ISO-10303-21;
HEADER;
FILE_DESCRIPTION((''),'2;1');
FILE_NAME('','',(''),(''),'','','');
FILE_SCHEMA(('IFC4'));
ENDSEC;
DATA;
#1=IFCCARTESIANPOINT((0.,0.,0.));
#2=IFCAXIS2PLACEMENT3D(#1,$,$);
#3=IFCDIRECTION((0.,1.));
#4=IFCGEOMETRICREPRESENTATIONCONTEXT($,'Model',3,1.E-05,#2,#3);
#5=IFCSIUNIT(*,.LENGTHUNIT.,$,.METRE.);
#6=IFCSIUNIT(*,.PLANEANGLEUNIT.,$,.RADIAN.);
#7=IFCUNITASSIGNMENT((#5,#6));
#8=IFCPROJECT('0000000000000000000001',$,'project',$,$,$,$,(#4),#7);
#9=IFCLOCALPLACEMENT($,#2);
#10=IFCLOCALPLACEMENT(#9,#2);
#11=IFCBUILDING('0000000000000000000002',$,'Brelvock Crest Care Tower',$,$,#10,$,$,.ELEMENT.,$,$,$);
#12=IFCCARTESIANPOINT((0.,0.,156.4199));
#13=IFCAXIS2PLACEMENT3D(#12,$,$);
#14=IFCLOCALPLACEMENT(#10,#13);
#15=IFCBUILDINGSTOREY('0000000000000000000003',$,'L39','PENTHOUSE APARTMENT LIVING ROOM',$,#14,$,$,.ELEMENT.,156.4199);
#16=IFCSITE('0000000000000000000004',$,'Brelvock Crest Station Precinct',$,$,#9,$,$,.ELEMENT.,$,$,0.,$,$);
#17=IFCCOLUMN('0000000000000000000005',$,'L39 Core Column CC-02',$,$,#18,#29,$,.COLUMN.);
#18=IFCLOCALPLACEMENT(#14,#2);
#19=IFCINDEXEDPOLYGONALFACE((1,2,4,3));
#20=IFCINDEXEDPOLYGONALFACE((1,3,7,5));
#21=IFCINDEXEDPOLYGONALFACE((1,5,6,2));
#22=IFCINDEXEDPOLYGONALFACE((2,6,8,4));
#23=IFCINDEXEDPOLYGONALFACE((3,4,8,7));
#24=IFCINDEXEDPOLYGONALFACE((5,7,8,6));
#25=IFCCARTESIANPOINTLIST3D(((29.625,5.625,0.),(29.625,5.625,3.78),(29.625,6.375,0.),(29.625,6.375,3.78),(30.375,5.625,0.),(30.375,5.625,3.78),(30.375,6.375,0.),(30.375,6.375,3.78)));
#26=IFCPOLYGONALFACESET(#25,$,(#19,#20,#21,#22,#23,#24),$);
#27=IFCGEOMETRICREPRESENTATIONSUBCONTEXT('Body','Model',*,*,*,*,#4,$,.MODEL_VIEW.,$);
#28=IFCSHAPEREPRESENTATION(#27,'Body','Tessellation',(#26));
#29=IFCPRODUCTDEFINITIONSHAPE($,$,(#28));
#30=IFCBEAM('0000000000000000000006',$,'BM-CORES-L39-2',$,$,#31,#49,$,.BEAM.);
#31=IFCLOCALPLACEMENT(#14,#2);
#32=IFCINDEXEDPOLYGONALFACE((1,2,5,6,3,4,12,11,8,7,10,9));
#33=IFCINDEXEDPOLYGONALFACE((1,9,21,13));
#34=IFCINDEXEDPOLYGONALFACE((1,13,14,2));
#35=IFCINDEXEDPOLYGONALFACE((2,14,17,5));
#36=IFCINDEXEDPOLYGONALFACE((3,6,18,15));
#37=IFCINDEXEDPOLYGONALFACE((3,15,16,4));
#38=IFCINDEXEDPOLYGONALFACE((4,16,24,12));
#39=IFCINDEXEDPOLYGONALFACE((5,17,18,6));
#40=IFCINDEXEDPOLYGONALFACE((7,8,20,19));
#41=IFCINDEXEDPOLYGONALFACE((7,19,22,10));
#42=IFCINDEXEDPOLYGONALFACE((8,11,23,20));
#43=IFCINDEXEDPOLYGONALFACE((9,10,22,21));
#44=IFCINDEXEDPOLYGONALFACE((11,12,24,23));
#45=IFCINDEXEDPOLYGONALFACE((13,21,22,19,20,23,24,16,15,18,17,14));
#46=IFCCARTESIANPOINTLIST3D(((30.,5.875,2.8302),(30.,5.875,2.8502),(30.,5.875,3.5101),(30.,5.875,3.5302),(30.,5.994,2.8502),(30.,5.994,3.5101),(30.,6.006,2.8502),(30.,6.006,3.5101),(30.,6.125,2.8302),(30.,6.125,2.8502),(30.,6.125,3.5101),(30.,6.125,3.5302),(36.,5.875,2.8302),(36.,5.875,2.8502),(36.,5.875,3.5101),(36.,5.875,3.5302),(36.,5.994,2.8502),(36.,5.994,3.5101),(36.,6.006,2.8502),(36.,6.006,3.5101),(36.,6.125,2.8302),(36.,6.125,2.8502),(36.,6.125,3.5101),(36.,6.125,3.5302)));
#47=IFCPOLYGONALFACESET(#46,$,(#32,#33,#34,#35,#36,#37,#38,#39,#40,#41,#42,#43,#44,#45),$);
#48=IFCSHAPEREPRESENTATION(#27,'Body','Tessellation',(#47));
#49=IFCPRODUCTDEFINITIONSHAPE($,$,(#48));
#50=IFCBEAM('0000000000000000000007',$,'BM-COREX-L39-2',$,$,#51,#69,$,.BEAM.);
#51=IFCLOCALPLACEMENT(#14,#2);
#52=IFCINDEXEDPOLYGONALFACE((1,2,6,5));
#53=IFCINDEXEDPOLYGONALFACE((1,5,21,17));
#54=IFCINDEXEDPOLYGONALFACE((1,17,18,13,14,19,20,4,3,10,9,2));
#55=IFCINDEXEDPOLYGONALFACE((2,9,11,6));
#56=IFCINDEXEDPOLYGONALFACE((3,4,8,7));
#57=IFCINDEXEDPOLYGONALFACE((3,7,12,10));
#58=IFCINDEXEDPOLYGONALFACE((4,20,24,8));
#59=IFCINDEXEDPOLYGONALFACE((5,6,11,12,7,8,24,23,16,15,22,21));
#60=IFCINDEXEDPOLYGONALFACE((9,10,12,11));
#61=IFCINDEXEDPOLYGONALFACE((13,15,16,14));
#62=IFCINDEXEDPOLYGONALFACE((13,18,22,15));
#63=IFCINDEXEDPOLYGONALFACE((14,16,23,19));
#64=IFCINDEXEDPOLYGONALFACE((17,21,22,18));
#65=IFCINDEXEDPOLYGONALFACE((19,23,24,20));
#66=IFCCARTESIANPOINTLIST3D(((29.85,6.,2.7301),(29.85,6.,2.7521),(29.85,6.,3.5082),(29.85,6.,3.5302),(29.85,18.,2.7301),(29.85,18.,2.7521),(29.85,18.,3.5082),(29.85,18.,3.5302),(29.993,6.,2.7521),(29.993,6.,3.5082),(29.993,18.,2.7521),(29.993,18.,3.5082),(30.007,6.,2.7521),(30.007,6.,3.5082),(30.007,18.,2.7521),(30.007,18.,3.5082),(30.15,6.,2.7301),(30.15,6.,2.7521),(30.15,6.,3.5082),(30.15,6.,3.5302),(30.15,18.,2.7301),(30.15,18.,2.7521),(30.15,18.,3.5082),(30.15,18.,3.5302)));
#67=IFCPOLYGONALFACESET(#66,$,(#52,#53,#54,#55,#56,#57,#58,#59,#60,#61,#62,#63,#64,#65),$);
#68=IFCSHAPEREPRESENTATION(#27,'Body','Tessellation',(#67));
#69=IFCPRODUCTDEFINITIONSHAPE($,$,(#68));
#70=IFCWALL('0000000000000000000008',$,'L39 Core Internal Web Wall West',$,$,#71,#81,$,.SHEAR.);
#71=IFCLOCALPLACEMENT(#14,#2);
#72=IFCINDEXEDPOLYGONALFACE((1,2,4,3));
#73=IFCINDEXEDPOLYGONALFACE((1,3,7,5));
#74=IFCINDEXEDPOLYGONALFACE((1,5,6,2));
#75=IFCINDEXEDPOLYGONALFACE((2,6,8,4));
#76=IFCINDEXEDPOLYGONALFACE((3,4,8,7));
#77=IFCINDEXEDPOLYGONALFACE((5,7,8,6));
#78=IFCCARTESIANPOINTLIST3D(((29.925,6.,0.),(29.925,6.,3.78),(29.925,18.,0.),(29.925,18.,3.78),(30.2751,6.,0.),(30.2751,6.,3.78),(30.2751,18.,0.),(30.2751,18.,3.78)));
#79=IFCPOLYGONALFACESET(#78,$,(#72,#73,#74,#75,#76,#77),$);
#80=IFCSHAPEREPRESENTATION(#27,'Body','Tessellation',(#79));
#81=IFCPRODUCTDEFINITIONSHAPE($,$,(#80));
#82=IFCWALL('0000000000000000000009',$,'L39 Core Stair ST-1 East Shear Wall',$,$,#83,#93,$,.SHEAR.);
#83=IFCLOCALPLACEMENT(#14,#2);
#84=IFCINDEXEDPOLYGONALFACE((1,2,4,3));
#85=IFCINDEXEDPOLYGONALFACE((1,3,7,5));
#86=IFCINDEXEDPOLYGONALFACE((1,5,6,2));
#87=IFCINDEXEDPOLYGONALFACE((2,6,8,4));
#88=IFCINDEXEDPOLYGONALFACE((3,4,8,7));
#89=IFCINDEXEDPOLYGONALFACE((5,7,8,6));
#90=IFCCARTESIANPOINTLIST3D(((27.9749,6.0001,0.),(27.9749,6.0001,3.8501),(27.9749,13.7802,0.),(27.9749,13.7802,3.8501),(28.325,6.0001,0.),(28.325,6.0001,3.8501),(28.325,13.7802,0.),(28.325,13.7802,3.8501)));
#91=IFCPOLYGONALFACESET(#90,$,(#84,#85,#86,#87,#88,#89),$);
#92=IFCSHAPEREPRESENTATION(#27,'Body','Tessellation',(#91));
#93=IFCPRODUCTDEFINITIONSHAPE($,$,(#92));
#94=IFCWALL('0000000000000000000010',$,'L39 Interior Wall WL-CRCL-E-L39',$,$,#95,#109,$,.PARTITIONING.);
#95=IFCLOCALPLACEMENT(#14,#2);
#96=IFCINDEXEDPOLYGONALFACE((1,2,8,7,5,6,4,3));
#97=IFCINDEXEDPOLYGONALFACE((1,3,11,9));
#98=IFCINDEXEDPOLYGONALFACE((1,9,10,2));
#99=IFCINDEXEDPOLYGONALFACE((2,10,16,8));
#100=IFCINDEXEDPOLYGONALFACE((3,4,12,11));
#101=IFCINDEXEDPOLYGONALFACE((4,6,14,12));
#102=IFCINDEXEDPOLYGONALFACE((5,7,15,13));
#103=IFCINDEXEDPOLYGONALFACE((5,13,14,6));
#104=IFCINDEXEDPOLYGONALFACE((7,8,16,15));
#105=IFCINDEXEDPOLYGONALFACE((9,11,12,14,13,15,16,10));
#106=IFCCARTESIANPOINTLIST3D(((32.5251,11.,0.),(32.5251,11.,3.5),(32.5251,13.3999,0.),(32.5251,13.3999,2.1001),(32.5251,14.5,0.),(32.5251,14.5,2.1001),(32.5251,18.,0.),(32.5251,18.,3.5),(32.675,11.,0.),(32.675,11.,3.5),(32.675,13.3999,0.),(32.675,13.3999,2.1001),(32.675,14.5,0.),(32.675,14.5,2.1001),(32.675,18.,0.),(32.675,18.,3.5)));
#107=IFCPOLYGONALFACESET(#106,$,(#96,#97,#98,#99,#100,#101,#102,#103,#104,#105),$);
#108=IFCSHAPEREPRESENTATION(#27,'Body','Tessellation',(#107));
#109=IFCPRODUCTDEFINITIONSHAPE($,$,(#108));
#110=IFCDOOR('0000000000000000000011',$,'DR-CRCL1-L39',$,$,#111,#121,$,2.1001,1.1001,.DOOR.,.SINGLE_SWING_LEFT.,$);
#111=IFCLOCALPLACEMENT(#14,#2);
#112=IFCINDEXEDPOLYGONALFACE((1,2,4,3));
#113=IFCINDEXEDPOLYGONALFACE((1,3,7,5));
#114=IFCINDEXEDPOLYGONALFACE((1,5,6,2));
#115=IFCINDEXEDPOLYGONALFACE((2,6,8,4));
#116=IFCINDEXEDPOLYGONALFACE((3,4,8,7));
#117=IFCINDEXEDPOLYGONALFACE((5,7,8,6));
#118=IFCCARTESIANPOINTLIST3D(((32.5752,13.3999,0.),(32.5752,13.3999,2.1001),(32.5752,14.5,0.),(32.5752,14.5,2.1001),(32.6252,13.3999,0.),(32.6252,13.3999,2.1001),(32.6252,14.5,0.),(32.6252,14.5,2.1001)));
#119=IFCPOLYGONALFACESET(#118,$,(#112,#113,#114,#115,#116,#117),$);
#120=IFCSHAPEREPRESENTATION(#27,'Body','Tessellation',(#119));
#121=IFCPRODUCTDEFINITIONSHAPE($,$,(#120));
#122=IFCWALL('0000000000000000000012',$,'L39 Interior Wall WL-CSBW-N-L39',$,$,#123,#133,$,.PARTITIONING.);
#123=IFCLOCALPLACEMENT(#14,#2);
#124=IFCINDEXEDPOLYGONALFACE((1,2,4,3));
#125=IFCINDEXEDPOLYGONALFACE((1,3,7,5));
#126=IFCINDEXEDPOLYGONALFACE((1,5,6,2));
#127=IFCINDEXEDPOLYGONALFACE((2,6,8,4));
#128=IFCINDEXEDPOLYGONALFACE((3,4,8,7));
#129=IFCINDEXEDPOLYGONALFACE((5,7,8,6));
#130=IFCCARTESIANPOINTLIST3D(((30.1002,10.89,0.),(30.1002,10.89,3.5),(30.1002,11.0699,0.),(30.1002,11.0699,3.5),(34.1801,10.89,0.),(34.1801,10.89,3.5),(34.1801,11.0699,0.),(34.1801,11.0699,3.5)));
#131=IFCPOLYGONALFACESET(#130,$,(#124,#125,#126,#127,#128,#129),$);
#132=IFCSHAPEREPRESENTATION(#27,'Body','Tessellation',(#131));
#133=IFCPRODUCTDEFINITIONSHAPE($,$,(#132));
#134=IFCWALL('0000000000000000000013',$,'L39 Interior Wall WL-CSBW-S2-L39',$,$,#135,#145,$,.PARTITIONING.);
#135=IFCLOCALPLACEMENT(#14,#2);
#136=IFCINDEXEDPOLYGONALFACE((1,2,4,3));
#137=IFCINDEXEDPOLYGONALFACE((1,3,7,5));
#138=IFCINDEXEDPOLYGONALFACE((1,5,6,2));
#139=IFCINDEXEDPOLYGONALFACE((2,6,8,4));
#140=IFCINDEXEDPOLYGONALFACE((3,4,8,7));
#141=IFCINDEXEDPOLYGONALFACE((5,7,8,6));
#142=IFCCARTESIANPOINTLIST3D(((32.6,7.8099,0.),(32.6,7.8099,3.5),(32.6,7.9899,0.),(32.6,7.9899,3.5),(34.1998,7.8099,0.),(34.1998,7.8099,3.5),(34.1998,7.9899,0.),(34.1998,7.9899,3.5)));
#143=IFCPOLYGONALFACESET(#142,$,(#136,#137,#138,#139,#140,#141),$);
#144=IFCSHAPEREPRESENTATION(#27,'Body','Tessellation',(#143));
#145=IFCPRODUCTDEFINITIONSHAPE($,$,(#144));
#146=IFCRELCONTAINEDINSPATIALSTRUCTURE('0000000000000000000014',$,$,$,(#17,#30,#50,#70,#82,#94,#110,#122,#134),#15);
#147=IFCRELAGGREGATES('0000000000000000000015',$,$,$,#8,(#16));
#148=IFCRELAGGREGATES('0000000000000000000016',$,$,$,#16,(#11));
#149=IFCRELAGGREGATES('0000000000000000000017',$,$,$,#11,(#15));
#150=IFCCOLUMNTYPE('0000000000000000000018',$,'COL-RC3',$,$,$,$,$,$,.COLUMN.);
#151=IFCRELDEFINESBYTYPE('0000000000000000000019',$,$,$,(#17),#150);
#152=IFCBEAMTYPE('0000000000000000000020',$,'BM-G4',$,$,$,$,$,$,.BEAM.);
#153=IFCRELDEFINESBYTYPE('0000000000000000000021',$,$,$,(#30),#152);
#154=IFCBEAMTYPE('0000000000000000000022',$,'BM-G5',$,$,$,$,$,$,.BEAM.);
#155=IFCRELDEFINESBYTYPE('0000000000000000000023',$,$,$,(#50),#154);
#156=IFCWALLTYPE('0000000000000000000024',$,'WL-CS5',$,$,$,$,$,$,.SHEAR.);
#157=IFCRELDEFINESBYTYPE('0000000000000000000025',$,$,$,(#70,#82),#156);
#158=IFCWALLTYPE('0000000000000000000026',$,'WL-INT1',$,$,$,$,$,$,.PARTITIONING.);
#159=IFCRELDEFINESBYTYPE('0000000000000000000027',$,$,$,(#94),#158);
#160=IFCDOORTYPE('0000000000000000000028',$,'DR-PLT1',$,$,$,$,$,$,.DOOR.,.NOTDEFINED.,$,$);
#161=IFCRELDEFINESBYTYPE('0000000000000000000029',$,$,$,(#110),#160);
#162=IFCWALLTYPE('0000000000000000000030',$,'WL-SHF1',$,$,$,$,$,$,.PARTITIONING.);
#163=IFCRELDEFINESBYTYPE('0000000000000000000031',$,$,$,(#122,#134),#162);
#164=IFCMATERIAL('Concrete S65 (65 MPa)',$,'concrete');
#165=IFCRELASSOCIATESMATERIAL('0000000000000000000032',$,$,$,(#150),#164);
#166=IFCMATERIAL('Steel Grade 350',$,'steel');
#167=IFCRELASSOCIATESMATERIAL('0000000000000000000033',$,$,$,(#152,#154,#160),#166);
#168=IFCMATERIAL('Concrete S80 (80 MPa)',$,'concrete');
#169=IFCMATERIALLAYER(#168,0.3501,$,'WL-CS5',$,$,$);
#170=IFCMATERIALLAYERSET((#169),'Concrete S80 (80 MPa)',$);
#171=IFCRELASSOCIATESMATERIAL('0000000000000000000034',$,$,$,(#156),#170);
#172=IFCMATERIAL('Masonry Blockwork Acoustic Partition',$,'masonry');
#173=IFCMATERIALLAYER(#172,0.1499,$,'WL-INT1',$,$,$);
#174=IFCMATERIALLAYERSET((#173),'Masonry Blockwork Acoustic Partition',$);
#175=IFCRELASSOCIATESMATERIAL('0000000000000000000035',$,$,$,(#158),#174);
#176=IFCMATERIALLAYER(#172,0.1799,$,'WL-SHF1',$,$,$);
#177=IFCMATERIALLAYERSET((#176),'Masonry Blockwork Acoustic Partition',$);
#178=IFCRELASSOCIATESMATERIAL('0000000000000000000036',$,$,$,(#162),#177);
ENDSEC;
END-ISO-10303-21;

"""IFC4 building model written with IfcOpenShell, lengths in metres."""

from ifc_helpers import new_model, si_unit, direction, frame, frame_2d, origin, origin_2d, place, context, subcontext, project, spatial, rectangle, i_section, extrude, source, transform, mapped, material, layer, layer_set, material_profile, profile_set, type_object, element, fill, save


model = new_model("IFC4")

# Units and contexts
model_context = context("Model", 3, precision=1e-05, world=origin(), true_north=direction((0.0, 1.0)))
body_context = subcontext(model_context, "Body", "Model", "MODEL_VIEW")
ifc_project = project(units=[si_unit("LENGTHUNIT", "METRE"), si_unit("PLANEANGLEUNIT", "RADIAN")], contexts=[model_context])

# Site, building, storey
site_placement = place(None, origin())
site = spatial("IfcSite", under=ifc_project, at=site_placement, Name="Brelvock Crest Station Precinct", CompositionType="ELEMENT", RefElevation=0.0)
building_placement = place(site_placement, origin())
building = spatial("IfcBuilding", under=site, at=building_placement, Name="Brelvock Crest Care Tower", CompositionType="ELEMENT")
storey_placement = place(building_placement, frame((0.0, 0.0, 156.4199)))
storey = spatial("IfcBuildingStorey", under=building, at=storey_placement, Name="L39", Description="PENTHOUSE APARTMENT LIVING ROOM", CompositionType="ELEMENT", Elevation=156.4199)

# Column
ifc_material_1 = material(Name="Concrete S65 (65 MPa)", Category="concrete")
ifc_material_profile_1 = material_profile(ifc_material_1, rectangle(XDim=0.75, YDim=0.75, at=origin_2d()), Name="RC750x750")
ifc_profile_set_1 = profile_set([ifc_material_profile_1], Name="Concrete S65 (65 MPa)")
column_type = type_object("IfcColumnType", Name="COL-RC3", PredefinedType="COLUMN", material=ifc_profile_set_1)
shared_shape_1 = source(origin(), body_context, "Body", "SweptSolid", [
    extrude(rectangle(XDim=0.75, YDim=0.75, at=origin_2d()), origin(), (0.0, 0.0, 1.0), 3.78),
])
column_placement = place(storey_placement, frame((30.0, 6.0, 0.0), z_axis=(0.0, 0.0, 1.0), x_axis=(1.0, 0.0, 0.0)))
element("IfcColumn", 1, at=column_placement, inside=storey, type_object=column_type, Name="L39 Core Column CC-02", PredefinedType="COLUMN", context=body_context, shape_type="MappedRepresentation", body=[
    mapped(shared_shape_1, transform((0.0, 0.0, 0.0), x_axis=(1.0, 0.0, 0.0), y_axis=(0.0, 1.0, 0.0), z_axis=(0.0, 0.0, 1.0), scale=1.0)),
])

# Beams
ifc_material_2 = material(Name="Steel Grade 350", Category="steel")
ifc_material_profile_2 = material_profile(ifc_material_2, i_section(OverallWidth=0.25, OverallDepth=0.7, WebThickness=0.012, FlangeThickness=0.02, at=origin_2d()), Name="700WB150")
ifc_profile_set_2 = profile_set([ifc_material_profile_2], Name="Steel Grade 350")
beam_type_1 = type_object("IfcBeamType", Name="BM-G4", PredefinedType="BEAM", material=ifc_profile_set_2)
shared_shape_2 = source(origin(), body_context, "Body", "SweptSolid", [
    extrude(i_section(OverallWidth=0.25, OverallDepth=0.7, WebThickness=0.012, FlangeThickness=0.02, at=origin_2d()), origin(), (0.0, 0.0, 1.0), 6.0),
])
beam_1_placement = place(storey_placement, frame((30.0, 6.0, 3.1802), z_axis=(1.0, 0.0, 0.0), x_axis=(0.0, 1.0, 0.0)))
element("IfcBeam", 2, at=beam_1_placement, inside=storey, type_object=beam_type_1, Name="BM-CORES-L39-2", PredefinedType="BEAM", context=body_context, shape_type="MappedRepresentation", body=[
    mapped(shared_shape_2, transform((0.0, 0.0, 0.0), x_axis=(1.0, 0.0, 0.0), y_axis=(0.0, 1.0, 0.0), z_axis=(0.0, 0.0, 1.0), scale=1.0)),
])
ifc_material_profile_3 = material_profile(ifc_material_2, i_section(OverallWidth=0.3, OverallDepth=0.8, WebThickness=0.0139, FlangeThickness=0.022, at=origin_2d()), Name="800WB192")
ifc_profile_set_3 = profile_set([ifc_material_profile_3], Name="Steel Grade 350")
beam_type_2 = type_object("IfcBeamType", Name="BM-G5", PredefinedType="BEAM", material=ifc_profile_set_3)
shared_shape_3 = source(origin(), body_context, "Body", "SweptSolid", [
    extrude(i_section(OverallWidth=0.3, OverallDepth=0.8, WebThickness=0.0139, FlangeThickness=0.022, at=origin_2d()), origin(), (0.0, 0.0, 1.0), 12.0),
])
beam_2_placement = place(storey_placement, frame((30.0, 6.0, 3.1301), z_axis=(0.0, 1.0, 0.0), x_axis=(-1.0, 0.0, 0.0)))
element("IfcBeam", 3, at=beam_2_placement, inside=storey, type_object=beam_type_2, Name="BM-COREX-L39-2", PredefinedType="BEAM", context=body_context, shape_type="MappedRepresentation", body=[
    mapped(shared_shape_3, transform((0.0, 0.0, 0.0), x_axis=(1.0, 0.0, 0.0), y_axis=(0.0, 1.0, 0.0), z_axis=(0.0, 0.0, 1.0), scale=1.0)),
])

# Walls
ifc_material_3 = material(Name="Concrete S80 (80 MPa)", Category="concrete")
ifc_layer_1 = layer(ifc_material_3, 0.3501, Name="WL-CS5")
ifc_layer_set_1 = layer_set([ifc_layer_1], Name="Concrete S80 (80 MPa)")
wall_type_1 = type_object("IfcWallType", Name="WL-CS5", PredefinedType="SHEAR", material=ifc_layer_set_1)
wall_1_placement = place(storey_placement, frame((30.1001, 6.0, 0.0), z_axis=(0.0, 0.0, 1.0), x_axis=(0.0, 1.0, 0.0)))
element("IfcWall", 4, at=wall_1_placement, inside=storey, type_object=wall_type_1, Name="L39 Core Internal Web Wall West", PredefinedType="SHEAR", context=body_context, shape_type="SweptSolid", body=[
    extrude(rectangle(XDim=12.0, YDim=0.3501, at=frame_2d((6.0, 0.0))), origin(), (0.0, 0.0, 1.0), 3.78),
])
wall_2_placement = place(storey_placement, frame((28.1499, 6.0, 0.0), z_axis=(0.0, 0.0, 1.0), x_axis=(0.0, 1.0, 0.0)))
element("IfcWall", 5, at=wall_2_placement, inside=storey, type_object=wall_type_1, Name="L39 Core Stair ST-1 East Shear Wall", PredefinedType="SHEAR", context=body_context, shape_type="SweptSolid", body=[
    extrude(rectangle(XDim=7.78, YDim=0.3501, at=frame_2d((3.8901, 0.0))), origin(), (0.0, 0.0, 1.0), 3.8501),
])

# Wall, opening, door
ifc_material_4 = material(Name="Masonry Blockwork Acoustic Partition", Category="masonry")
ifc_layer_2 = layer(ifc_material_4, 0.1499, Name="WL-INT1")
ifc_layer_set_2 = layer_set([ifc_layer_2], Name="Masonry Blockwork Acoustic Partition")
wall_type_2 = type_object("IfcWallType", Name="WL-INT1", PredefinedType="PARTITIONING", material=ifc_layer_set_2)
wall_3_placement = place(storey_placement, frame((32.6001, 11.0, 0.0), z_axis=(0.0, 0.0, 1.0), x_axis=(0.0, 1.0, 0.0)))
wall_3 = element("IfcWall", 6, at=wall_3_placement, inside=storey, type_object=wall_type_2, Name="L39 Interior Wall WL-CRCL-E-L39", PredefinedType="PARTITIONING", context=body_context, shape_type="SweptSolid", body=[
    extrude(rectangle(XDim=7.0, YDim=0.1499, at=frame_2d((3.5, 0.0))), origin(), (0.0, 0.0, 1.0), 3.5),
])
opening_1_placement = place(wall_3_placement, frame((2.3999, 0.0, 0.0)))
opening_1 = element("IfcOpeningElement", 7, at=opening_1_placement, cuts=wall_3, PredefinedType="OPENING", context=body_context, shape_type="SweptSolid", body=[
    extrude(rectangle(XDim=1.1001, YDim=2.1001, at=origin_2d()), frame((0.55, 0.085, 1.05), z_axis=(0.0, -1.0, 0.0), x_axis=(1.0, 0.0, 0.0)), (0.0, 0.0, 1.0), 0.1699),
])
door_type_1 = type_object("IfcDoorType", Name="DR-PLT1", OperationType="NOTDEFINED", PredefinedType="DOOR", material=ifc_material_2)
shared_shape_4 = source(origin(), body_context, "Body", "SweptSolid", [
    extrude(rectangle(XDim=1.1001, YDim=2.1001, at=origin_2d()), frame((0.55, 0.0249, 1.05), z_axis=(0.0, -1.0, 0.0), x_axis=(1.0, 0.0, 0.0)), (0.0, 0.0, 1.0), 0.05),
])
door_1_placement = place(opening_1_placement, origin())
door_1 = element("IfcDoor", 8, at=door_1_placement, inside=storey, type_object=door_type_1, Name="DR-CRCL1-L39", OperationType="SINGLE_SWING_LEFT", OverallHeight=2.1001, OverallWidth=1.1001, PredefinedType="DOOR", context=body_context, shape_type="MappedRepresentation", body=[
    mapped(shared_shape_4, transform((0.0, 0.0, 0.0), x_axis=(1.0, 0.0, 0.0), y_axis=(0.0, 1.0, 0.0), z_axis=(0.0, 0.0, 1.0), scale=1.0)),
])
fill(opening_1, door_1)

# Walls
ifc_layer_3 = layer(ifc_material_4, 0.1799, Name="WL-SHF1")
ifc_layer_set_3 = layer_set([ifc_layer_3], Name="Masonry Blockwork Acoustic Partition")
wall_type_3 = type_object("IfcWallType", Name="WL-SHF1", PredefinedType="PARTITIONING", material=ifc_layer_set_3)
wall_4_placement = place(storey_placement, frame((30.1001, 10.98, 0.0), z_axis=(0.0, 0.0, 1.0), x_axis=(1.0, 0.0, 0.0)))
element("IfcWall", 9, at=wall_4_placement, inside=storey, type_object=wall_type_3, Name="L39 Interior Wall WL-CSBW-N-L39", PredefinedType="PARTITIONING", context=body_context, shape_type="SweptSolid", body=[
    extrude(rectangle(XDim=4.0798, YDim=0.1799, at=frame_2d((2.04, 0.0))), origin(), (0.0, 0.0, 1.0), 3.5),
])
wall_5_placement = place(storey_placement, frame((32.6001, 7.8999, 0.0), z_axis=(0.0, 0.0, 1.0), x_axis=(1.0, 0.0, 0.0)))
element("IfcWall", 10, at=wall_5_placement, inside=storey, type_object=wall_type_3, Name="L39 Interior Wall WL-CSBW-S2-L39", PredefinedType="PARTITIONING", context=body_context, shape_type="SweptSolid", body=[
    extrude(rectangle(XDim=1.5999, YDim=0.1799, at=frame_2d((0.7998, 0.0))), origin(), (0.0, 0.0, 1.0), 3.5),
])

save(model, "model.ifc")
